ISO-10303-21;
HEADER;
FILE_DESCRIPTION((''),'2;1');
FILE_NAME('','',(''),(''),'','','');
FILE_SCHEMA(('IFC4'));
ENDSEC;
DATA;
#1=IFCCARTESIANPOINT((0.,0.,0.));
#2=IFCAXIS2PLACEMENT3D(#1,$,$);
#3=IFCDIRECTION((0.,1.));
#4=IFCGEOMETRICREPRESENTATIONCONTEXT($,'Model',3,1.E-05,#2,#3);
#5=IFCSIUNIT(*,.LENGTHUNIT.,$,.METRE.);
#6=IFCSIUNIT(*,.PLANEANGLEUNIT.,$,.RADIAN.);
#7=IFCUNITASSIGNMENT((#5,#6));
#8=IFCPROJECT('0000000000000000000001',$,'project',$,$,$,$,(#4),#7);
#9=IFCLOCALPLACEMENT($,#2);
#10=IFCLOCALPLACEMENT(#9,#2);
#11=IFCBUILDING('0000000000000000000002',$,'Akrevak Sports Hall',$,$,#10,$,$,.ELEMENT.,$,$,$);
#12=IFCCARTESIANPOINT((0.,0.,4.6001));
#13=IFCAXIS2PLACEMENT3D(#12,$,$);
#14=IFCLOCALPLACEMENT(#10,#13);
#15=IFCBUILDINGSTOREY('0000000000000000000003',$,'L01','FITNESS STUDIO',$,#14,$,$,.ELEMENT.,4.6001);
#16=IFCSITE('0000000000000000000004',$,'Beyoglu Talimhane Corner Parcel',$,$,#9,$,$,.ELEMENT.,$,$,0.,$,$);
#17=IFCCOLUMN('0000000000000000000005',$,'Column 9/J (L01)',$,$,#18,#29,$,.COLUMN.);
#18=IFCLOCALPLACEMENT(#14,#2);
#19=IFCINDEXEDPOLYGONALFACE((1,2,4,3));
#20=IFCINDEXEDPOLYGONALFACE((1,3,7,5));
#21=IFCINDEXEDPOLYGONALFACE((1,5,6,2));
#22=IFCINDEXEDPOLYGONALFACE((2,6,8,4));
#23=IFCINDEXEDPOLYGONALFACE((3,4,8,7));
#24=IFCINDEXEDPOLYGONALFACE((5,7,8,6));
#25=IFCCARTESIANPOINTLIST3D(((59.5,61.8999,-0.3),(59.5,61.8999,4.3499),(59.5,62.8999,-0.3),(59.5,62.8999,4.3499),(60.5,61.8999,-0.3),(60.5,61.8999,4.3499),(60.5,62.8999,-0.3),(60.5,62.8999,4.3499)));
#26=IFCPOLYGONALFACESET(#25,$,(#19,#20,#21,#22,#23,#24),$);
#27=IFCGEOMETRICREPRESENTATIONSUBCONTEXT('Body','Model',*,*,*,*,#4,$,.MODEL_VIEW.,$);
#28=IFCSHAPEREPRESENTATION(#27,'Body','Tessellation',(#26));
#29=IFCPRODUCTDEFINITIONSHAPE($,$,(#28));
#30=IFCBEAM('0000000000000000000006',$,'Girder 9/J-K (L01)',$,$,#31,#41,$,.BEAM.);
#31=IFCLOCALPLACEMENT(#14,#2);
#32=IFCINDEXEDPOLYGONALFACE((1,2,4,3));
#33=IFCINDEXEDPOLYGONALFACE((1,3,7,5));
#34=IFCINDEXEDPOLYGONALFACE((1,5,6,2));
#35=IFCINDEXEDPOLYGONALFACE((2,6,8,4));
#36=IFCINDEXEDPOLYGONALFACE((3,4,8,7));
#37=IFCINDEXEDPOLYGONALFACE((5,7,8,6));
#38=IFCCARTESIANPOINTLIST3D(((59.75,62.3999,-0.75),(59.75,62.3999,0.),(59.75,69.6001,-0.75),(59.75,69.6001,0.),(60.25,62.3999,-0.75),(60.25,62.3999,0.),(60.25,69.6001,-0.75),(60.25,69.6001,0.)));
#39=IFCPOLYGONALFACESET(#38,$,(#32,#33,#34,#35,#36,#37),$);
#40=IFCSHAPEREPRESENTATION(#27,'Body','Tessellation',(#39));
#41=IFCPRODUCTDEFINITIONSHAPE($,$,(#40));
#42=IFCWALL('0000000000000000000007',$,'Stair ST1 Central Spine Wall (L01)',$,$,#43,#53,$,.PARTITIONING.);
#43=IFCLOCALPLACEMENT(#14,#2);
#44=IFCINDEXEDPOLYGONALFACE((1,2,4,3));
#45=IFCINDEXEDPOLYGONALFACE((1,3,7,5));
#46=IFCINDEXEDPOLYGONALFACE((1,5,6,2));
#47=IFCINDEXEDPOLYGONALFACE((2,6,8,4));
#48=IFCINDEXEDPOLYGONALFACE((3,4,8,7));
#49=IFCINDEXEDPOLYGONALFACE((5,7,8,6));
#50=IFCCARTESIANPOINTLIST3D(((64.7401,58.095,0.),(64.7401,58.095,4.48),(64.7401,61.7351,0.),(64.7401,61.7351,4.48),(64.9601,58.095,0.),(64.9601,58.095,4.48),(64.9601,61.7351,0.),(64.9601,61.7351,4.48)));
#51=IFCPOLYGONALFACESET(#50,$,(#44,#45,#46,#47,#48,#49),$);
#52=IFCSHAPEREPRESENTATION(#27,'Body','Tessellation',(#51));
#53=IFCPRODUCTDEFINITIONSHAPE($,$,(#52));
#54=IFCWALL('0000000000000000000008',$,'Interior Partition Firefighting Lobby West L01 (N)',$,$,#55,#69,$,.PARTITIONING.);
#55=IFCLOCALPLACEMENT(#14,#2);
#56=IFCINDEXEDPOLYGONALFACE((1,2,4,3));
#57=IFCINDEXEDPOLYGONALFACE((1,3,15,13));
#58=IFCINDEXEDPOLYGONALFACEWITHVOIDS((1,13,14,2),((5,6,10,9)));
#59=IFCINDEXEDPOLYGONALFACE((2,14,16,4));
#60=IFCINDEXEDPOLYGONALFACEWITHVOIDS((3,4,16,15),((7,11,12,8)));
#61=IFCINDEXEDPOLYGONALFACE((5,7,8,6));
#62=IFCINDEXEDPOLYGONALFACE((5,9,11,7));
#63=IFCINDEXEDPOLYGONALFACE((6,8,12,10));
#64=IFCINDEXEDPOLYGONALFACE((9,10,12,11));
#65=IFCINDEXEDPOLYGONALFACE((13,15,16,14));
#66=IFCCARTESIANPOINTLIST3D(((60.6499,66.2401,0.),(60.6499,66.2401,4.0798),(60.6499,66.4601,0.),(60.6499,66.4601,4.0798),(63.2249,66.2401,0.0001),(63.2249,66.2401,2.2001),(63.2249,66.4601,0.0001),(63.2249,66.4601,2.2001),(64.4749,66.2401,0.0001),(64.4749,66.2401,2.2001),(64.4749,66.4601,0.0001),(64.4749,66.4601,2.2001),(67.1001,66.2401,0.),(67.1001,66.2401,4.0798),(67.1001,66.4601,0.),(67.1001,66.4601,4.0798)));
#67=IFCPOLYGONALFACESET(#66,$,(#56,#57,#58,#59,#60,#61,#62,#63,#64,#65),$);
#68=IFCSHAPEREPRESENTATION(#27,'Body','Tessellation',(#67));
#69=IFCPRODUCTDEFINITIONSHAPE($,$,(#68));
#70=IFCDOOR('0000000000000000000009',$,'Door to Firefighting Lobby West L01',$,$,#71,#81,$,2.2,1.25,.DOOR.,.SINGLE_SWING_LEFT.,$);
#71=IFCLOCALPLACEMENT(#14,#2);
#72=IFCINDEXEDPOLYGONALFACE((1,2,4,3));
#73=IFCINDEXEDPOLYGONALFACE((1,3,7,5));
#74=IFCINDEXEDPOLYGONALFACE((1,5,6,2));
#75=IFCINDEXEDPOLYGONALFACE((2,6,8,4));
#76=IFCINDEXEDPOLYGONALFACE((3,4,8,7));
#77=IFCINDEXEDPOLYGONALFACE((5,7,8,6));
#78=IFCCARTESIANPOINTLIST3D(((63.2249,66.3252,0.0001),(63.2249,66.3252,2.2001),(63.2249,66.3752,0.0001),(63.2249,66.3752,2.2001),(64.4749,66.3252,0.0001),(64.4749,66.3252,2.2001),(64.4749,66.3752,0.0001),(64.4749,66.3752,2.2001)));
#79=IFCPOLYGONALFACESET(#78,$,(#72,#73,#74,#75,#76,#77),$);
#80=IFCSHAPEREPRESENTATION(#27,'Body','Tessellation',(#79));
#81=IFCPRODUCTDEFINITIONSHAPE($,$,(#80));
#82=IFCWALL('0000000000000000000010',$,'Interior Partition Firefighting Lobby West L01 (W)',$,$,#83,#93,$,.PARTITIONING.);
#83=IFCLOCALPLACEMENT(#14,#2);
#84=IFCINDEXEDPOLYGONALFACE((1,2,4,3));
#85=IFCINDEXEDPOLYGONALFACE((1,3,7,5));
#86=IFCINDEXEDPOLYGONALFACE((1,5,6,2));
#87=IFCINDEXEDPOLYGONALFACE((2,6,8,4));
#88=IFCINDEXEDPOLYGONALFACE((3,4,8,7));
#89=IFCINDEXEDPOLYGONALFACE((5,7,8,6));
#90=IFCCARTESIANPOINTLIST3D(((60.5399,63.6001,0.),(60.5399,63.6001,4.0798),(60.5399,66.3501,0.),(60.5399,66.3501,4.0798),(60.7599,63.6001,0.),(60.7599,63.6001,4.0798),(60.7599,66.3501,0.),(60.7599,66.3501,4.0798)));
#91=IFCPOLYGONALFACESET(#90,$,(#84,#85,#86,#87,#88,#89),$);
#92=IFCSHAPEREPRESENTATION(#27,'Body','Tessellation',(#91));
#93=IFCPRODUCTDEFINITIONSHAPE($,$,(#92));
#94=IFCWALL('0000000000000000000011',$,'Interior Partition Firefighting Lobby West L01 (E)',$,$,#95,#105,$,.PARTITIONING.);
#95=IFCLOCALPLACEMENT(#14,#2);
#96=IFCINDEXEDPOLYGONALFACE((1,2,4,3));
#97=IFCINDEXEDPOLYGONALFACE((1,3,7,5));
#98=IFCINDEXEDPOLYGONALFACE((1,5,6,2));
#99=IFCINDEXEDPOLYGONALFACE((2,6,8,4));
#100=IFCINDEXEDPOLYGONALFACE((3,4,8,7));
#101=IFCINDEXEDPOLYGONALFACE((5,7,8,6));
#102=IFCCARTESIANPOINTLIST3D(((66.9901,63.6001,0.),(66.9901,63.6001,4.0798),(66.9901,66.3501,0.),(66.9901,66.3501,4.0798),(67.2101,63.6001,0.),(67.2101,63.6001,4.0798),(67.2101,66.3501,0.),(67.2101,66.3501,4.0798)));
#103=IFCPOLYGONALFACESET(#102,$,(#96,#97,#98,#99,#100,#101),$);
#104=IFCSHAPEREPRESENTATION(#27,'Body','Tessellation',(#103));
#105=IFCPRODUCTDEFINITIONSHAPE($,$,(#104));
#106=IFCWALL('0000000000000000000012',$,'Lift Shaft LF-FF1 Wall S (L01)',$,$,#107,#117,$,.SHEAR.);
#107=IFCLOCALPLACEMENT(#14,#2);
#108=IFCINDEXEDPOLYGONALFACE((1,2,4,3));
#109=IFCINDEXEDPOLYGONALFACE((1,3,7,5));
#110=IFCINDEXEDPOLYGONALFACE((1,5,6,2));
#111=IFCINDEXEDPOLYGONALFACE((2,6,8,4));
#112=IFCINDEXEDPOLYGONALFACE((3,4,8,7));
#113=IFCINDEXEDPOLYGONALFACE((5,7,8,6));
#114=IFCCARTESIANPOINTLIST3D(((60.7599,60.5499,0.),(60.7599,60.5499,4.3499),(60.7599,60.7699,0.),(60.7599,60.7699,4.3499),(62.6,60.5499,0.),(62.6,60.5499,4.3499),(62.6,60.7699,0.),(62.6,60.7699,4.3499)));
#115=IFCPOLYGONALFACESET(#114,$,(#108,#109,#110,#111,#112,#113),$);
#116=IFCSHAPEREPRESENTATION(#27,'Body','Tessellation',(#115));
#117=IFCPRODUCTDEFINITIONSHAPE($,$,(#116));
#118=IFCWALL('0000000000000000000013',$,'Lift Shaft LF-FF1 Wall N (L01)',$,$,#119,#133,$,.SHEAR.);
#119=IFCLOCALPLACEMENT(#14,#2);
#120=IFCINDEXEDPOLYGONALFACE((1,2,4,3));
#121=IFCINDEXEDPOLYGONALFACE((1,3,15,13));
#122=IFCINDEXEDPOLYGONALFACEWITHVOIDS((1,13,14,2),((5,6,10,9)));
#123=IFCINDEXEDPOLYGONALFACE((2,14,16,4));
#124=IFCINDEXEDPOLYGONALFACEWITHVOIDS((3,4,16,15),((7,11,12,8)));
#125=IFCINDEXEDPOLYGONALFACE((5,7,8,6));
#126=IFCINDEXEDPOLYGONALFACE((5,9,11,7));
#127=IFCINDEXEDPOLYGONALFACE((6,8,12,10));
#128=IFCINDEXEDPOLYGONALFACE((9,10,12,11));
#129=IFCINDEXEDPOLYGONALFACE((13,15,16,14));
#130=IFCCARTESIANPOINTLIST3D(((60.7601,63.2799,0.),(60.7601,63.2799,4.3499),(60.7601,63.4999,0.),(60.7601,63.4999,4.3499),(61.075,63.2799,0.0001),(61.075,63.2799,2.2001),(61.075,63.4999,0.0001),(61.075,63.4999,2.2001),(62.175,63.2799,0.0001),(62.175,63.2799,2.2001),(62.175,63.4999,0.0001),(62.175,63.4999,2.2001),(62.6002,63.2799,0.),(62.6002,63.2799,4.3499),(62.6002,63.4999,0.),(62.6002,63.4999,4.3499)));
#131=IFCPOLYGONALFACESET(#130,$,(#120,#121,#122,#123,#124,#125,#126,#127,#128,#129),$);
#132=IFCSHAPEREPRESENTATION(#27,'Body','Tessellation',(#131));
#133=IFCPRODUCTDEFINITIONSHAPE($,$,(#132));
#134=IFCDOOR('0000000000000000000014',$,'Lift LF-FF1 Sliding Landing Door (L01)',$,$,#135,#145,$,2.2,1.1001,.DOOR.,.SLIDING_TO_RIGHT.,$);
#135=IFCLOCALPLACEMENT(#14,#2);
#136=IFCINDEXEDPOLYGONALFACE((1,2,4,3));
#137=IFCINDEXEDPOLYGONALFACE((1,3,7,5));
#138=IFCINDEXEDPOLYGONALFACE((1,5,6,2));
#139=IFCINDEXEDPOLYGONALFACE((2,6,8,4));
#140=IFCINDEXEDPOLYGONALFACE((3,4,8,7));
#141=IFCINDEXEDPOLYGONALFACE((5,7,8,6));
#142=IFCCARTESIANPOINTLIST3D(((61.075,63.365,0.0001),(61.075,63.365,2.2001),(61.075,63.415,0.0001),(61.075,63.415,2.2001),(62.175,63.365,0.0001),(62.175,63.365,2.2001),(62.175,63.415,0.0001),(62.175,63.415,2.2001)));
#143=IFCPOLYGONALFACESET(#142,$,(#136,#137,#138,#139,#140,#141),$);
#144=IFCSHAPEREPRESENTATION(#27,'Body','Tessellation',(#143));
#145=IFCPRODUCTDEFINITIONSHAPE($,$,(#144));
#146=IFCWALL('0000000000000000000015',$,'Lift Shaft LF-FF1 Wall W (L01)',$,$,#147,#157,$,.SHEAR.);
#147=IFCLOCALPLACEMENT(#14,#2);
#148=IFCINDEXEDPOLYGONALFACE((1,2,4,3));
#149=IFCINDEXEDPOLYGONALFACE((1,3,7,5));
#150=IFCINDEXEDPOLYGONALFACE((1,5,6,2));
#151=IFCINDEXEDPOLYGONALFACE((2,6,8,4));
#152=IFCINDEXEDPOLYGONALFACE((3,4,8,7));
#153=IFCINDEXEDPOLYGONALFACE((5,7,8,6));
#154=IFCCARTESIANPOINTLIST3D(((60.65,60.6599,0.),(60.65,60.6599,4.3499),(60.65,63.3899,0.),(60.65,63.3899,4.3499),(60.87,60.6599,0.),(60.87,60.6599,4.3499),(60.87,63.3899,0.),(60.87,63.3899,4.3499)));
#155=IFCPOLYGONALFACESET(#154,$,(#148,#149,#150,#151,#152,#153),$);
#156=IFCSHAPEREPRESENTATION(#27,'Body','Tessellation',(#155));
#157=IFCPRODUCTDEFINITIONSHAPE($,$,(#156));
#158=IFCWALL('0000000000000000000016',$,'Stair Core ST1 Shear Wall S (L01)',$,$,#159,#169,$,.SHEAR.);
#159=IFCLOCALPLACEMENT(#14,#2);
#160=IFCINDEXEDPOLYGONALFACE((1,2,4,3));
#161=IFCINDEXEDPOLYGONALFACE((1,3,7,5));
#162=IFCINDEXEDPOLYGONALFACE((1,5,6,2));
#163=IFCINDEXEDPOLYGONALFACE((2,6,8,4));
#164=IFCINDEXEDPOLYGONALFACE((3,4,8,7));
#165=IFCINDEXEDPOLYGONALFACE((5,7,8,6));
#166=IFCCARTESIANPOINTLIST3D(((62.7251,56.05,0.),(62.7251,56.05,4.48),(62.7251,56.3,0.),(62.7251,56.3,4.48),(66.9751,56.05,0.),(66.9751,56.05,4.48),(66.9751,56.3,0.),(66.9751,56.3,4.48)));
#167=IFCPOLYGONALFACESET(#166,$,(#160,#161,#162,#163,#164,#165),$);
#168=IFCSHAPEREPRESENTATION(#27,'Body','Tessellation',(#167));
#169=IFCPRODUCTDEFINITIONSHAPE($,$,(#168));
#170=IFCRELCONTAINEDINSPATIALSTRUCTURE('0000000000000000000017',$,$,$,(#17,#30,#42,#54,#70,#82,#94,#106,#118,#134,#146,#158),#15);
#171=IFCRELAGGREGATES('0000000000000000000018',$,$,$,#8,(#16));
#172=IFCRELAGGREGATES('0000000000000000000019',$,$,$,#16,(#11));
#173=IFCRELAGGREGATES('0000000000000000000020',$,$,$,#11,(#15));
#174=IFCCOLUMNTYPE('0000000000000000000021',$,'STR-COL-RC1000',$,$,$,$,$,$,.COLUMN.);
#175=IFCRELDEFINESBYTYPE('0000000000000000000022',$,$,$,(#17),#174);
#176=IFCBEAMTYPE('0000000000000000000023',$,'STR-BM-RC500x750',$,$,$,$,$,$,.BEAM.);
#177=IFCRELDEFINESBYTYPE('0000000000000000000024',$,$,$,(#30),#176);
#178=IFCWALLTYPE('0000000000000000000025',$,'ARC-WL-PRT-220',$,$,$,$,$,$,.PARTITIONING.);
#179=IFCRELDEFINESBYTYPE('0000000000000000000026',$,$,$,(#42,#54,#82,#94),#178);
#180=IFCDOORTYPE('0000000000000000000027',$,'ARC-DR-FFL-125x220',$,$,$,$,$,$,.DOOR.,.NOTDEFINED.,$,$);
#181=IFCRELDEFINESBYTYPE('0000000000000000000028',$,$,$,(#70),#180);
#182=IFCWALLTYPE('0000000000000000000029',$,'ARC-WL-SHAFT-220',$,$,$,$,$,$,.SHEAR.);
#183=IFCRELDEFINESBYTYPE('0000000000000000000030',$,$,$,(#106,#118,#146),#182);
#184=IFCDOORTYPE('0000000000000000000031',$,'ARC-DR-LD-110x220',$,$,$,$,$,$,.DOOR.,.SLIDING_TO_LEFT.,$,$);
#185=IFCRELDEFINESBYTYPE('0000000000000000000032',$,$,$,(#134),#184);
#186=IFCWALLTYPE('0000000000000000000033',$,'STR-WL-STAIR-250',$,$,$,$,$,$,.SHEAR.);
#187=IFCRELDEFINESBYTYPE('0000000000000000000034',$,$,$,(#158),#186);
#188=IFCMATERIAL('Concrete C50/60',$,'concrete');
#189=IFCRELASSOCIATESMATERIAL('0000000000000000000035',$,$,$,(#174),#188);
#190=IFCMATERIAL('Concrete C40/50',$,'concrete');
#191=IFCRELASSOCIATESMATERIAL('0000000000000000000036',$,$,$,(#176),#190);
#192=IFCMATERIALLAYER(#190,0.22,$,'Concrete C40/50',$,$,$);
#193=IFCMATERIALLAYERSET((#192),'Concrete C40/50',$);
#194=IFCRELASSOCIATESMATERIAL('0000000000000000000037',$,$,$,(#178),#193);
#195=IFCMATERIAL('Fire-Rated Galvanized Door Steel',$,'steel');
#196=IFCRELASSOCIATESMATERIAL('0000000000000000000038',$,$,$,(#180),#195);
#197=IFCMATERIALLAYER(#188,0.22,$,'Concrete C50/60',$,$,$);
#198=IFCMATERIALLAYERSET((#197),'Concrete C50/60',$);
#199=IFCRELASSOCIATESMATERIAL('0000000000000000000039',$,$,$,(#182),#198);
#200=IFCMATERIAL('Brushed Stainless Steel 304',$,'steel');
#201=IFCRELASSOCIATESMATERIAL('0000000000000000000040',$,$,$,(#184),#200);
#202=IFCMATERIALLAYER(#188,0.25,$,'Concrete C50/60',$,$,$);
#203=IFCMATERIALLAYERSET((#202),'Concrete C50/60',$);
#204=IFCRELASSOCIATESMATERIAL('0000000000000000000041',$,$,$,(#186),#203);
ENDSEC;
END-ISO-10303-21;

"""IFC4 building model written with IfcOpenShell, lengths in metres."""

from ifc_helpers import new_model, si_unit, direction, frame, frame_2d, origin, origin_2d, place, context, subcontext, project, spatial, rectangle, extrude, material, layer, layer_set, material_profile, profile_set, type_object, element, fill, save


model = new_model("IFC4")

# Units and contexts
model_context = context("Model", 3, precision=1e-05, world=origin(), true_north=direction((0.0, 1.0)))
body_context = subcontext(model_context, "Body", "Model", "MODEL_VIEW")
ifc_project = project(units=[si_unit("LENGTHUNIT", "METRE"), si_unit("PLANEANGLEUNIT", "RADIAN")], contexts=[model_context])

# Site, building, storey
site_placement = place(None, origin())
site = spatial("IfcSite", under=ifc_project, at=site_placement, Name="Beyoglu Talimhane Corner Parcel", CompositionType="ELEMENT", RefElevation=0.0)
building_placement = place(site_placement, origin())
building = spatial("IfcBuilding", under=site, at=building_placement, Name="Akrevak Sports Hall", CompositionType="ELEMENT")
storey_placement = place(building_placement, frame((0.0, 0.0, 4.6001)))
storey = spatial("IfcBuildingStorey", under=building, at=storey_placement, Name="L01", Description="FITNESS STUDIO", CompositionType="ELEMENT", Elevation=4.6001)

# Column
ifc_material_1 = material(Name="Concrete C50/60", Category="concrete")
ifc_material_profile_1 = material_profile(ifc_material_1, rectangle(XDim=1.0, YDim=1.0, at=origin_2d()), Name="RC 1000x1000", Category="concrete")
ifc_profile_set_1 = profile_set([ifc_material_profile_1], Name="Concrete C50/60")
column_type = type_object("IfcColumnType", Name="STR-COL-RC1000", PredefinedType="COLUMN", material=ifc_profile_set_1)
column_placement = place(storey_placement, frame((60.0, 62.3999, -0.3), z_axis=(0.0, 0.0, 1.0), x_axis=(1.0, 0.0, 0.0)))
element("IfcColumn", 1, at=column_placement, inside=storey, type_object=column_type, Name="Column 9/J (L01)", PredefinedType="COLUMN", context=body_context, shape_type="SweptSolid", body=[
    extrude(rectangle(XDim=1.0, YDim=1.0, at=origin_2d()), origin(), (0.0, 0.0, 1.0), 4.6499),
])

# Beam
ifc_material_2 = material(Name="Concrete C40/50", Category="concrete")
ifc_material_profile_2 = material_profile(ifc_material_2, rectangle(XDim=0.5, YDim=0.75, at=origin_2d()), Name="BM 500x750", Category="concrete")
ifc_profile_set_2 = profile_set([ifc_material_profile_2], Name="Concrete C40/50")
beam_type = type_object("IfcBeamType", Name="STR-BM-RC500x750", PredefinedType="BEAM", material=ifc_profile_set_2)
beam_placement = place(storey_placement, frame((60.0, 62.3999, -0.375), z_axis=(0.0, 1.0, 0.0), x_axis=(-1.0, 0.0, 0.0)))
element("IfcBeam", 2, at=beam_placement, inside=storey, type_object=beam_type, Name="Girder 9/J-K (L01)", PredefinedType="BEAM", context=body_context, shape_type="SweptSolid", body=[
    extrude(rectangle(XDim=0.5, YDim=0.75, at=origin_2d()), origin(), (0.0, 0.0, 1.0), 7.2002),
])

# Wall
ifc_layer_1 = layer(ifc_material_2, 0.22, Name="Concrete C40/50")
ifc_layer_set_1 = layer_set([ifc_layer_1], Name="Concrete C40/50")
wall_type_1 = type_object("IfcWallType", Name="ARC-WL-PRT-220", PredefinedType="PARTITIONING", material=ifc_layer_set_1)
wall_1_placement = place(storey_placement, frame((64.8501, 58.095, 0.0), z_axis=(0.0, 0.0, 1.0), x_axis=(0.0, 1.0, 0.0)))
element("IfcWall", 3, at=wall_1_placement, inside=storey, type_object=wall_type_1, Name="Stair ST1 Central Spine Wall (L01)", PredefinedType="PARTITIONING", context=body_context, shape_type="SweptSolid", body=[
    extrude(rectangle(XDim=3.6401, YDim=0.22, at=frame_2d((1.8201, 0.0))), origin(), (0.0, 0.0, 1.0), 4.48),
])

# Wall, opening, door
wall_2_placement = place(storey_placement, frame((60.6499, 66.3501, 0.0), z_axis=(0.0, 0.0, 1.0), x_axis=(1.0, 0.0, 0.0)))
wall_2 = element("IfcWall", 4, at=wall_2_placement, inside=storey, type_object=wall_type_1, Name="Interior Partition Firefighting Lobby West L01 (N)", PredefinedType="PARTITIONING", context=body_context, shape_type="SweptSolid", body=[
    extrude(rectangle(XDim=6.4502, YDim=0.22, at=frame_2d((3.2251, 0.0))), origin(), (0.0, 0.0, 1.0), 4.0798),
])
opening_1_placement = place(wall_2_placement, frame((2.575, 0.0, 0.0)))
opening_1 = element("IfcOpeningElement", 5, at=opening_1_placement, cuts=wall_2, PredefinedType="OPENING", context=body_context, shape_type="SweptSolid", body=[
    extrude(rectangle(XDim=1.25, YDim=2.2, at=frame_2d((0.625, 1.1001))), frame((0.0, 0.1221, 0.0), z_axis=(0.0, -1.0, 0.0), x_axis=(1.0, 0.0, 0.0)), (0.0, 0.0, 1.0), 0.2439),
])
ifc_material_3 = material(Name="Fire-Rated Galvanized Door Steel", Category="steel")
door_type_1 = type_object("IfcDoorType", Name="ARC-DR-FFL-125x220", OperationType="NOTDEFINED", PredefinedType="DOOR", material=ifc_material_3)
door_1_placement = place(opening_1_placement, frame((1.25, 0.0, 0.0), z_axis=(0.0, 0.0, 1.0), x_axis=(-1.0, 0.0, 0.0)))
door_1 = element("IfcDoor", 6, at=door_1_placement, inside=storey, type_object=door_type_1, Name="Door to Firefighting Lobby West L01", OperationType="SINGLE_SWING_LEFT", OverallHeight=2.2, OverallWidth=1.25, PredefinedType="DOOR", context=body_context, shape_type="SweptSolid", body=[
    extrude(rectangle(XDim=1.25, YDim=2.2, at=frame_2d((0.625, 1.1001))), frame((0.0, 0.0249, 0.0), z_axis=(0.0, -1.0, 0.0), x_axis=(1.0, 0.0, 0.0)), (0.0, 0.0, 1.0), 0.05),
])
fill(opening_1, door_1)

# Walls
for number, where, z_axis, x_axis, name in (
    (7, (60.6499, 63.6001, 0.0), (0.0, 0.0, 1.0), (0.0, 1.0, 0.0), "Interior Partition Firefighting Lobby West L01 (W)"),
    (8, (67.1001, 63.6001, 0.0), (0.0, 0.0, 1.0), (0.0, 1.0, 0.0), "Interior Partition Firefighting Lobby West L01 (E)"),
):
    element("IfcWall", number, at=place(storey_placement, frame(where, z_axis=z_axis, x_axis=x_axis)), inside=storey, type_object=wall_type_1, Name=name, PredefinedType="PARTITIONING", context=body_context, shape_type="SweptSolid", body=[
        extrude(rectangle(XDim=2.75, YDim=0.22, at=frame_2d((1.375, 0.0))), origin(), (0.0, 0.0, 1.0), 4.0798),
    ])
ifc_layer_2 = layer(ifc_material_1, 0.22, Name="Concrete C50/60")
ifc_layer_set_2 = layer_set([ifc_layer_2], Name="Concrete C50/60")
wall_type_2 = type_object("IfcWallType", Name="ARC-WL-SHAFT-220", PredefinedType="SHEAR", material=ifc_layer_set_2)
wall_3_placement = place(storey_placement, frame((60.76, 60.6599, 0.0), z_axis=(0.0, 0.0, 1.0), x_axis=(1.0, 0.0, 0.0)))
element("IfcWall", 9, at=wall_3_placement, inside=storey, type_object=wall_type_2, Name="Lift Shaft LF-FF1 Wall S (L01)", PredefinedType="SHEAR", context=body_context, shape_type="SweptSolid", body=[
    extrude(rectangle(XDim=1.8401, YDim=0.22, at=frame_2d((0.9199, 0.0))), origin(), (0.0, 0.0, 1.0), 4.3499),
])

# Wall, opening, door
wall_4_placement = place(storey_placement, frame((62.6001, 63.3899, 0.0), z_axis=(0.0, 0.0, 1.0), x_axis=(-1.0, 0.0, 0.0)))
wall_4 = element("IfcWall", 10, at=wall_4_placement, inside=storey, type_object=wall_type_2, Name="Lift Shaft LF-FF1 Wall N (L01)", PredefinedType="SHEAR", context=body_context, shape_type="SweptSolid", body=[
    extrude(rectangle(XDim=1.8401, YDim=0.22, at=frame_2d((0.9199, 0.0))), origin(), (0.0, 0.0, 1.0), 4.3499),
])
opening_2_placement = place(wall_4_placement, frame((0.425, 0.0, 0.0)))
opening_2 = element("IfcOpeningElement", 11, at=opening_2_placement, cuts=wall_4, PredefinedType="OPENING", context=body_context, shape_type="SweptSolid", body=[
    extrude(rectangle(XDim=1.1001, YDim=2.2, at=frame_2d((0.55, 1.1001))), frame((0.0, 0.1221, 0.0), z_axis=(0.0, -1.0, 0.0), x_axis=(1.0, 0.0, 0.0)), (0.0, 0.0, 1.0), 0.2439),
])
ifc_material_4 = material(Name="Brushed Stainless Steel 304", Category="steel")
door_type_2 = type_object("IfcDoorType", Name="ARC-DR-LD-110x220", OperationType="SLIDING_TO_LEFT", PredefinedType="DOOR", material=ifc_material_4)
door_2_placement = place(opening_2_placement, origin())
door_2 = element("IfcDoor", 12, at=door_2_placement, inside=storey, type_object=door_type_2, Name="Lift LF-FF1 Sliding Landing Door (L01)", OperationType="SLIDING_TO_RIGHT", OverallHeight=2.2, OverallWidth=1.1001, PredefinedType="DOOR", context=body_context, shape_type="SweptSolid", body=[
    extrude(rectangle(XDim=1.1001, YDim=2.2, at=frame_2d((0.55, 1.1001))), frame((0.0, 0.0249, 0.0), z_axis=(0.0, -1.0, 0.0), x_axis=(1.0, 0.0, 0.0)), (0.0, 0.0, 1.0), 0.05),
])
fill(opening_2, door_2)

# Walls
wall_5_placement = place(storey_placement, frame((60.76, 63.3899, 0.0), z_axis=(0.0, 0.0, 1.0), x_axis=(0.0, -1.0, 0.0)))
element("IfcWall", 13, at=wall_5_placement, inside=storey, type_object=wall_type_2, Name="Lift Shaft LF-FF1 Wall W (L01)", PredefinedType="SHEAR", context=body_context, shape_type="SweptSolid", body=[
    extrude(rectangle(XDim=2.73, YDim=0.22, at=frame_2d((1.365, 0.0))), origin(), (0.0, 0.0, 1.0), 4.3499),
])
ifc_layer_3 = layer(ifc_material_1, 0.25, Name="Concrete C50/60")
ifc_layer_set_3 = layer_set([ifc_layer_3], Name="Concrete C50/60")
wall_type_3 = type_object("IfcWallType", Name="STR-WL-STAIR-250", PredefinedType="SHEAR", material=ifc_layer_set_3)
wall_6_placement = place(storey_placement, frame((62.7251, 56.175, 0.0), z_axis=(0.0, 0.0, 1.0), x_axis=(1.0, 0.0, 0.0)))
element("IfcWall", 14, at=wall_6_placement, inside=storey, type_object=wall_type_3, Name="Stair Core ST1 Shear Wall S (L01)", PredefinedType="SHEAR", context=body_context, shape_type="SweptSolid", body=[
    extrude(rectangle(XDim=4.25, YDim=0.25, at=frame_2d((2.125, 0.0))), origin(), (0.0, 0.0, 1.0), 4.48),
])

save(model, "model.ifc")
